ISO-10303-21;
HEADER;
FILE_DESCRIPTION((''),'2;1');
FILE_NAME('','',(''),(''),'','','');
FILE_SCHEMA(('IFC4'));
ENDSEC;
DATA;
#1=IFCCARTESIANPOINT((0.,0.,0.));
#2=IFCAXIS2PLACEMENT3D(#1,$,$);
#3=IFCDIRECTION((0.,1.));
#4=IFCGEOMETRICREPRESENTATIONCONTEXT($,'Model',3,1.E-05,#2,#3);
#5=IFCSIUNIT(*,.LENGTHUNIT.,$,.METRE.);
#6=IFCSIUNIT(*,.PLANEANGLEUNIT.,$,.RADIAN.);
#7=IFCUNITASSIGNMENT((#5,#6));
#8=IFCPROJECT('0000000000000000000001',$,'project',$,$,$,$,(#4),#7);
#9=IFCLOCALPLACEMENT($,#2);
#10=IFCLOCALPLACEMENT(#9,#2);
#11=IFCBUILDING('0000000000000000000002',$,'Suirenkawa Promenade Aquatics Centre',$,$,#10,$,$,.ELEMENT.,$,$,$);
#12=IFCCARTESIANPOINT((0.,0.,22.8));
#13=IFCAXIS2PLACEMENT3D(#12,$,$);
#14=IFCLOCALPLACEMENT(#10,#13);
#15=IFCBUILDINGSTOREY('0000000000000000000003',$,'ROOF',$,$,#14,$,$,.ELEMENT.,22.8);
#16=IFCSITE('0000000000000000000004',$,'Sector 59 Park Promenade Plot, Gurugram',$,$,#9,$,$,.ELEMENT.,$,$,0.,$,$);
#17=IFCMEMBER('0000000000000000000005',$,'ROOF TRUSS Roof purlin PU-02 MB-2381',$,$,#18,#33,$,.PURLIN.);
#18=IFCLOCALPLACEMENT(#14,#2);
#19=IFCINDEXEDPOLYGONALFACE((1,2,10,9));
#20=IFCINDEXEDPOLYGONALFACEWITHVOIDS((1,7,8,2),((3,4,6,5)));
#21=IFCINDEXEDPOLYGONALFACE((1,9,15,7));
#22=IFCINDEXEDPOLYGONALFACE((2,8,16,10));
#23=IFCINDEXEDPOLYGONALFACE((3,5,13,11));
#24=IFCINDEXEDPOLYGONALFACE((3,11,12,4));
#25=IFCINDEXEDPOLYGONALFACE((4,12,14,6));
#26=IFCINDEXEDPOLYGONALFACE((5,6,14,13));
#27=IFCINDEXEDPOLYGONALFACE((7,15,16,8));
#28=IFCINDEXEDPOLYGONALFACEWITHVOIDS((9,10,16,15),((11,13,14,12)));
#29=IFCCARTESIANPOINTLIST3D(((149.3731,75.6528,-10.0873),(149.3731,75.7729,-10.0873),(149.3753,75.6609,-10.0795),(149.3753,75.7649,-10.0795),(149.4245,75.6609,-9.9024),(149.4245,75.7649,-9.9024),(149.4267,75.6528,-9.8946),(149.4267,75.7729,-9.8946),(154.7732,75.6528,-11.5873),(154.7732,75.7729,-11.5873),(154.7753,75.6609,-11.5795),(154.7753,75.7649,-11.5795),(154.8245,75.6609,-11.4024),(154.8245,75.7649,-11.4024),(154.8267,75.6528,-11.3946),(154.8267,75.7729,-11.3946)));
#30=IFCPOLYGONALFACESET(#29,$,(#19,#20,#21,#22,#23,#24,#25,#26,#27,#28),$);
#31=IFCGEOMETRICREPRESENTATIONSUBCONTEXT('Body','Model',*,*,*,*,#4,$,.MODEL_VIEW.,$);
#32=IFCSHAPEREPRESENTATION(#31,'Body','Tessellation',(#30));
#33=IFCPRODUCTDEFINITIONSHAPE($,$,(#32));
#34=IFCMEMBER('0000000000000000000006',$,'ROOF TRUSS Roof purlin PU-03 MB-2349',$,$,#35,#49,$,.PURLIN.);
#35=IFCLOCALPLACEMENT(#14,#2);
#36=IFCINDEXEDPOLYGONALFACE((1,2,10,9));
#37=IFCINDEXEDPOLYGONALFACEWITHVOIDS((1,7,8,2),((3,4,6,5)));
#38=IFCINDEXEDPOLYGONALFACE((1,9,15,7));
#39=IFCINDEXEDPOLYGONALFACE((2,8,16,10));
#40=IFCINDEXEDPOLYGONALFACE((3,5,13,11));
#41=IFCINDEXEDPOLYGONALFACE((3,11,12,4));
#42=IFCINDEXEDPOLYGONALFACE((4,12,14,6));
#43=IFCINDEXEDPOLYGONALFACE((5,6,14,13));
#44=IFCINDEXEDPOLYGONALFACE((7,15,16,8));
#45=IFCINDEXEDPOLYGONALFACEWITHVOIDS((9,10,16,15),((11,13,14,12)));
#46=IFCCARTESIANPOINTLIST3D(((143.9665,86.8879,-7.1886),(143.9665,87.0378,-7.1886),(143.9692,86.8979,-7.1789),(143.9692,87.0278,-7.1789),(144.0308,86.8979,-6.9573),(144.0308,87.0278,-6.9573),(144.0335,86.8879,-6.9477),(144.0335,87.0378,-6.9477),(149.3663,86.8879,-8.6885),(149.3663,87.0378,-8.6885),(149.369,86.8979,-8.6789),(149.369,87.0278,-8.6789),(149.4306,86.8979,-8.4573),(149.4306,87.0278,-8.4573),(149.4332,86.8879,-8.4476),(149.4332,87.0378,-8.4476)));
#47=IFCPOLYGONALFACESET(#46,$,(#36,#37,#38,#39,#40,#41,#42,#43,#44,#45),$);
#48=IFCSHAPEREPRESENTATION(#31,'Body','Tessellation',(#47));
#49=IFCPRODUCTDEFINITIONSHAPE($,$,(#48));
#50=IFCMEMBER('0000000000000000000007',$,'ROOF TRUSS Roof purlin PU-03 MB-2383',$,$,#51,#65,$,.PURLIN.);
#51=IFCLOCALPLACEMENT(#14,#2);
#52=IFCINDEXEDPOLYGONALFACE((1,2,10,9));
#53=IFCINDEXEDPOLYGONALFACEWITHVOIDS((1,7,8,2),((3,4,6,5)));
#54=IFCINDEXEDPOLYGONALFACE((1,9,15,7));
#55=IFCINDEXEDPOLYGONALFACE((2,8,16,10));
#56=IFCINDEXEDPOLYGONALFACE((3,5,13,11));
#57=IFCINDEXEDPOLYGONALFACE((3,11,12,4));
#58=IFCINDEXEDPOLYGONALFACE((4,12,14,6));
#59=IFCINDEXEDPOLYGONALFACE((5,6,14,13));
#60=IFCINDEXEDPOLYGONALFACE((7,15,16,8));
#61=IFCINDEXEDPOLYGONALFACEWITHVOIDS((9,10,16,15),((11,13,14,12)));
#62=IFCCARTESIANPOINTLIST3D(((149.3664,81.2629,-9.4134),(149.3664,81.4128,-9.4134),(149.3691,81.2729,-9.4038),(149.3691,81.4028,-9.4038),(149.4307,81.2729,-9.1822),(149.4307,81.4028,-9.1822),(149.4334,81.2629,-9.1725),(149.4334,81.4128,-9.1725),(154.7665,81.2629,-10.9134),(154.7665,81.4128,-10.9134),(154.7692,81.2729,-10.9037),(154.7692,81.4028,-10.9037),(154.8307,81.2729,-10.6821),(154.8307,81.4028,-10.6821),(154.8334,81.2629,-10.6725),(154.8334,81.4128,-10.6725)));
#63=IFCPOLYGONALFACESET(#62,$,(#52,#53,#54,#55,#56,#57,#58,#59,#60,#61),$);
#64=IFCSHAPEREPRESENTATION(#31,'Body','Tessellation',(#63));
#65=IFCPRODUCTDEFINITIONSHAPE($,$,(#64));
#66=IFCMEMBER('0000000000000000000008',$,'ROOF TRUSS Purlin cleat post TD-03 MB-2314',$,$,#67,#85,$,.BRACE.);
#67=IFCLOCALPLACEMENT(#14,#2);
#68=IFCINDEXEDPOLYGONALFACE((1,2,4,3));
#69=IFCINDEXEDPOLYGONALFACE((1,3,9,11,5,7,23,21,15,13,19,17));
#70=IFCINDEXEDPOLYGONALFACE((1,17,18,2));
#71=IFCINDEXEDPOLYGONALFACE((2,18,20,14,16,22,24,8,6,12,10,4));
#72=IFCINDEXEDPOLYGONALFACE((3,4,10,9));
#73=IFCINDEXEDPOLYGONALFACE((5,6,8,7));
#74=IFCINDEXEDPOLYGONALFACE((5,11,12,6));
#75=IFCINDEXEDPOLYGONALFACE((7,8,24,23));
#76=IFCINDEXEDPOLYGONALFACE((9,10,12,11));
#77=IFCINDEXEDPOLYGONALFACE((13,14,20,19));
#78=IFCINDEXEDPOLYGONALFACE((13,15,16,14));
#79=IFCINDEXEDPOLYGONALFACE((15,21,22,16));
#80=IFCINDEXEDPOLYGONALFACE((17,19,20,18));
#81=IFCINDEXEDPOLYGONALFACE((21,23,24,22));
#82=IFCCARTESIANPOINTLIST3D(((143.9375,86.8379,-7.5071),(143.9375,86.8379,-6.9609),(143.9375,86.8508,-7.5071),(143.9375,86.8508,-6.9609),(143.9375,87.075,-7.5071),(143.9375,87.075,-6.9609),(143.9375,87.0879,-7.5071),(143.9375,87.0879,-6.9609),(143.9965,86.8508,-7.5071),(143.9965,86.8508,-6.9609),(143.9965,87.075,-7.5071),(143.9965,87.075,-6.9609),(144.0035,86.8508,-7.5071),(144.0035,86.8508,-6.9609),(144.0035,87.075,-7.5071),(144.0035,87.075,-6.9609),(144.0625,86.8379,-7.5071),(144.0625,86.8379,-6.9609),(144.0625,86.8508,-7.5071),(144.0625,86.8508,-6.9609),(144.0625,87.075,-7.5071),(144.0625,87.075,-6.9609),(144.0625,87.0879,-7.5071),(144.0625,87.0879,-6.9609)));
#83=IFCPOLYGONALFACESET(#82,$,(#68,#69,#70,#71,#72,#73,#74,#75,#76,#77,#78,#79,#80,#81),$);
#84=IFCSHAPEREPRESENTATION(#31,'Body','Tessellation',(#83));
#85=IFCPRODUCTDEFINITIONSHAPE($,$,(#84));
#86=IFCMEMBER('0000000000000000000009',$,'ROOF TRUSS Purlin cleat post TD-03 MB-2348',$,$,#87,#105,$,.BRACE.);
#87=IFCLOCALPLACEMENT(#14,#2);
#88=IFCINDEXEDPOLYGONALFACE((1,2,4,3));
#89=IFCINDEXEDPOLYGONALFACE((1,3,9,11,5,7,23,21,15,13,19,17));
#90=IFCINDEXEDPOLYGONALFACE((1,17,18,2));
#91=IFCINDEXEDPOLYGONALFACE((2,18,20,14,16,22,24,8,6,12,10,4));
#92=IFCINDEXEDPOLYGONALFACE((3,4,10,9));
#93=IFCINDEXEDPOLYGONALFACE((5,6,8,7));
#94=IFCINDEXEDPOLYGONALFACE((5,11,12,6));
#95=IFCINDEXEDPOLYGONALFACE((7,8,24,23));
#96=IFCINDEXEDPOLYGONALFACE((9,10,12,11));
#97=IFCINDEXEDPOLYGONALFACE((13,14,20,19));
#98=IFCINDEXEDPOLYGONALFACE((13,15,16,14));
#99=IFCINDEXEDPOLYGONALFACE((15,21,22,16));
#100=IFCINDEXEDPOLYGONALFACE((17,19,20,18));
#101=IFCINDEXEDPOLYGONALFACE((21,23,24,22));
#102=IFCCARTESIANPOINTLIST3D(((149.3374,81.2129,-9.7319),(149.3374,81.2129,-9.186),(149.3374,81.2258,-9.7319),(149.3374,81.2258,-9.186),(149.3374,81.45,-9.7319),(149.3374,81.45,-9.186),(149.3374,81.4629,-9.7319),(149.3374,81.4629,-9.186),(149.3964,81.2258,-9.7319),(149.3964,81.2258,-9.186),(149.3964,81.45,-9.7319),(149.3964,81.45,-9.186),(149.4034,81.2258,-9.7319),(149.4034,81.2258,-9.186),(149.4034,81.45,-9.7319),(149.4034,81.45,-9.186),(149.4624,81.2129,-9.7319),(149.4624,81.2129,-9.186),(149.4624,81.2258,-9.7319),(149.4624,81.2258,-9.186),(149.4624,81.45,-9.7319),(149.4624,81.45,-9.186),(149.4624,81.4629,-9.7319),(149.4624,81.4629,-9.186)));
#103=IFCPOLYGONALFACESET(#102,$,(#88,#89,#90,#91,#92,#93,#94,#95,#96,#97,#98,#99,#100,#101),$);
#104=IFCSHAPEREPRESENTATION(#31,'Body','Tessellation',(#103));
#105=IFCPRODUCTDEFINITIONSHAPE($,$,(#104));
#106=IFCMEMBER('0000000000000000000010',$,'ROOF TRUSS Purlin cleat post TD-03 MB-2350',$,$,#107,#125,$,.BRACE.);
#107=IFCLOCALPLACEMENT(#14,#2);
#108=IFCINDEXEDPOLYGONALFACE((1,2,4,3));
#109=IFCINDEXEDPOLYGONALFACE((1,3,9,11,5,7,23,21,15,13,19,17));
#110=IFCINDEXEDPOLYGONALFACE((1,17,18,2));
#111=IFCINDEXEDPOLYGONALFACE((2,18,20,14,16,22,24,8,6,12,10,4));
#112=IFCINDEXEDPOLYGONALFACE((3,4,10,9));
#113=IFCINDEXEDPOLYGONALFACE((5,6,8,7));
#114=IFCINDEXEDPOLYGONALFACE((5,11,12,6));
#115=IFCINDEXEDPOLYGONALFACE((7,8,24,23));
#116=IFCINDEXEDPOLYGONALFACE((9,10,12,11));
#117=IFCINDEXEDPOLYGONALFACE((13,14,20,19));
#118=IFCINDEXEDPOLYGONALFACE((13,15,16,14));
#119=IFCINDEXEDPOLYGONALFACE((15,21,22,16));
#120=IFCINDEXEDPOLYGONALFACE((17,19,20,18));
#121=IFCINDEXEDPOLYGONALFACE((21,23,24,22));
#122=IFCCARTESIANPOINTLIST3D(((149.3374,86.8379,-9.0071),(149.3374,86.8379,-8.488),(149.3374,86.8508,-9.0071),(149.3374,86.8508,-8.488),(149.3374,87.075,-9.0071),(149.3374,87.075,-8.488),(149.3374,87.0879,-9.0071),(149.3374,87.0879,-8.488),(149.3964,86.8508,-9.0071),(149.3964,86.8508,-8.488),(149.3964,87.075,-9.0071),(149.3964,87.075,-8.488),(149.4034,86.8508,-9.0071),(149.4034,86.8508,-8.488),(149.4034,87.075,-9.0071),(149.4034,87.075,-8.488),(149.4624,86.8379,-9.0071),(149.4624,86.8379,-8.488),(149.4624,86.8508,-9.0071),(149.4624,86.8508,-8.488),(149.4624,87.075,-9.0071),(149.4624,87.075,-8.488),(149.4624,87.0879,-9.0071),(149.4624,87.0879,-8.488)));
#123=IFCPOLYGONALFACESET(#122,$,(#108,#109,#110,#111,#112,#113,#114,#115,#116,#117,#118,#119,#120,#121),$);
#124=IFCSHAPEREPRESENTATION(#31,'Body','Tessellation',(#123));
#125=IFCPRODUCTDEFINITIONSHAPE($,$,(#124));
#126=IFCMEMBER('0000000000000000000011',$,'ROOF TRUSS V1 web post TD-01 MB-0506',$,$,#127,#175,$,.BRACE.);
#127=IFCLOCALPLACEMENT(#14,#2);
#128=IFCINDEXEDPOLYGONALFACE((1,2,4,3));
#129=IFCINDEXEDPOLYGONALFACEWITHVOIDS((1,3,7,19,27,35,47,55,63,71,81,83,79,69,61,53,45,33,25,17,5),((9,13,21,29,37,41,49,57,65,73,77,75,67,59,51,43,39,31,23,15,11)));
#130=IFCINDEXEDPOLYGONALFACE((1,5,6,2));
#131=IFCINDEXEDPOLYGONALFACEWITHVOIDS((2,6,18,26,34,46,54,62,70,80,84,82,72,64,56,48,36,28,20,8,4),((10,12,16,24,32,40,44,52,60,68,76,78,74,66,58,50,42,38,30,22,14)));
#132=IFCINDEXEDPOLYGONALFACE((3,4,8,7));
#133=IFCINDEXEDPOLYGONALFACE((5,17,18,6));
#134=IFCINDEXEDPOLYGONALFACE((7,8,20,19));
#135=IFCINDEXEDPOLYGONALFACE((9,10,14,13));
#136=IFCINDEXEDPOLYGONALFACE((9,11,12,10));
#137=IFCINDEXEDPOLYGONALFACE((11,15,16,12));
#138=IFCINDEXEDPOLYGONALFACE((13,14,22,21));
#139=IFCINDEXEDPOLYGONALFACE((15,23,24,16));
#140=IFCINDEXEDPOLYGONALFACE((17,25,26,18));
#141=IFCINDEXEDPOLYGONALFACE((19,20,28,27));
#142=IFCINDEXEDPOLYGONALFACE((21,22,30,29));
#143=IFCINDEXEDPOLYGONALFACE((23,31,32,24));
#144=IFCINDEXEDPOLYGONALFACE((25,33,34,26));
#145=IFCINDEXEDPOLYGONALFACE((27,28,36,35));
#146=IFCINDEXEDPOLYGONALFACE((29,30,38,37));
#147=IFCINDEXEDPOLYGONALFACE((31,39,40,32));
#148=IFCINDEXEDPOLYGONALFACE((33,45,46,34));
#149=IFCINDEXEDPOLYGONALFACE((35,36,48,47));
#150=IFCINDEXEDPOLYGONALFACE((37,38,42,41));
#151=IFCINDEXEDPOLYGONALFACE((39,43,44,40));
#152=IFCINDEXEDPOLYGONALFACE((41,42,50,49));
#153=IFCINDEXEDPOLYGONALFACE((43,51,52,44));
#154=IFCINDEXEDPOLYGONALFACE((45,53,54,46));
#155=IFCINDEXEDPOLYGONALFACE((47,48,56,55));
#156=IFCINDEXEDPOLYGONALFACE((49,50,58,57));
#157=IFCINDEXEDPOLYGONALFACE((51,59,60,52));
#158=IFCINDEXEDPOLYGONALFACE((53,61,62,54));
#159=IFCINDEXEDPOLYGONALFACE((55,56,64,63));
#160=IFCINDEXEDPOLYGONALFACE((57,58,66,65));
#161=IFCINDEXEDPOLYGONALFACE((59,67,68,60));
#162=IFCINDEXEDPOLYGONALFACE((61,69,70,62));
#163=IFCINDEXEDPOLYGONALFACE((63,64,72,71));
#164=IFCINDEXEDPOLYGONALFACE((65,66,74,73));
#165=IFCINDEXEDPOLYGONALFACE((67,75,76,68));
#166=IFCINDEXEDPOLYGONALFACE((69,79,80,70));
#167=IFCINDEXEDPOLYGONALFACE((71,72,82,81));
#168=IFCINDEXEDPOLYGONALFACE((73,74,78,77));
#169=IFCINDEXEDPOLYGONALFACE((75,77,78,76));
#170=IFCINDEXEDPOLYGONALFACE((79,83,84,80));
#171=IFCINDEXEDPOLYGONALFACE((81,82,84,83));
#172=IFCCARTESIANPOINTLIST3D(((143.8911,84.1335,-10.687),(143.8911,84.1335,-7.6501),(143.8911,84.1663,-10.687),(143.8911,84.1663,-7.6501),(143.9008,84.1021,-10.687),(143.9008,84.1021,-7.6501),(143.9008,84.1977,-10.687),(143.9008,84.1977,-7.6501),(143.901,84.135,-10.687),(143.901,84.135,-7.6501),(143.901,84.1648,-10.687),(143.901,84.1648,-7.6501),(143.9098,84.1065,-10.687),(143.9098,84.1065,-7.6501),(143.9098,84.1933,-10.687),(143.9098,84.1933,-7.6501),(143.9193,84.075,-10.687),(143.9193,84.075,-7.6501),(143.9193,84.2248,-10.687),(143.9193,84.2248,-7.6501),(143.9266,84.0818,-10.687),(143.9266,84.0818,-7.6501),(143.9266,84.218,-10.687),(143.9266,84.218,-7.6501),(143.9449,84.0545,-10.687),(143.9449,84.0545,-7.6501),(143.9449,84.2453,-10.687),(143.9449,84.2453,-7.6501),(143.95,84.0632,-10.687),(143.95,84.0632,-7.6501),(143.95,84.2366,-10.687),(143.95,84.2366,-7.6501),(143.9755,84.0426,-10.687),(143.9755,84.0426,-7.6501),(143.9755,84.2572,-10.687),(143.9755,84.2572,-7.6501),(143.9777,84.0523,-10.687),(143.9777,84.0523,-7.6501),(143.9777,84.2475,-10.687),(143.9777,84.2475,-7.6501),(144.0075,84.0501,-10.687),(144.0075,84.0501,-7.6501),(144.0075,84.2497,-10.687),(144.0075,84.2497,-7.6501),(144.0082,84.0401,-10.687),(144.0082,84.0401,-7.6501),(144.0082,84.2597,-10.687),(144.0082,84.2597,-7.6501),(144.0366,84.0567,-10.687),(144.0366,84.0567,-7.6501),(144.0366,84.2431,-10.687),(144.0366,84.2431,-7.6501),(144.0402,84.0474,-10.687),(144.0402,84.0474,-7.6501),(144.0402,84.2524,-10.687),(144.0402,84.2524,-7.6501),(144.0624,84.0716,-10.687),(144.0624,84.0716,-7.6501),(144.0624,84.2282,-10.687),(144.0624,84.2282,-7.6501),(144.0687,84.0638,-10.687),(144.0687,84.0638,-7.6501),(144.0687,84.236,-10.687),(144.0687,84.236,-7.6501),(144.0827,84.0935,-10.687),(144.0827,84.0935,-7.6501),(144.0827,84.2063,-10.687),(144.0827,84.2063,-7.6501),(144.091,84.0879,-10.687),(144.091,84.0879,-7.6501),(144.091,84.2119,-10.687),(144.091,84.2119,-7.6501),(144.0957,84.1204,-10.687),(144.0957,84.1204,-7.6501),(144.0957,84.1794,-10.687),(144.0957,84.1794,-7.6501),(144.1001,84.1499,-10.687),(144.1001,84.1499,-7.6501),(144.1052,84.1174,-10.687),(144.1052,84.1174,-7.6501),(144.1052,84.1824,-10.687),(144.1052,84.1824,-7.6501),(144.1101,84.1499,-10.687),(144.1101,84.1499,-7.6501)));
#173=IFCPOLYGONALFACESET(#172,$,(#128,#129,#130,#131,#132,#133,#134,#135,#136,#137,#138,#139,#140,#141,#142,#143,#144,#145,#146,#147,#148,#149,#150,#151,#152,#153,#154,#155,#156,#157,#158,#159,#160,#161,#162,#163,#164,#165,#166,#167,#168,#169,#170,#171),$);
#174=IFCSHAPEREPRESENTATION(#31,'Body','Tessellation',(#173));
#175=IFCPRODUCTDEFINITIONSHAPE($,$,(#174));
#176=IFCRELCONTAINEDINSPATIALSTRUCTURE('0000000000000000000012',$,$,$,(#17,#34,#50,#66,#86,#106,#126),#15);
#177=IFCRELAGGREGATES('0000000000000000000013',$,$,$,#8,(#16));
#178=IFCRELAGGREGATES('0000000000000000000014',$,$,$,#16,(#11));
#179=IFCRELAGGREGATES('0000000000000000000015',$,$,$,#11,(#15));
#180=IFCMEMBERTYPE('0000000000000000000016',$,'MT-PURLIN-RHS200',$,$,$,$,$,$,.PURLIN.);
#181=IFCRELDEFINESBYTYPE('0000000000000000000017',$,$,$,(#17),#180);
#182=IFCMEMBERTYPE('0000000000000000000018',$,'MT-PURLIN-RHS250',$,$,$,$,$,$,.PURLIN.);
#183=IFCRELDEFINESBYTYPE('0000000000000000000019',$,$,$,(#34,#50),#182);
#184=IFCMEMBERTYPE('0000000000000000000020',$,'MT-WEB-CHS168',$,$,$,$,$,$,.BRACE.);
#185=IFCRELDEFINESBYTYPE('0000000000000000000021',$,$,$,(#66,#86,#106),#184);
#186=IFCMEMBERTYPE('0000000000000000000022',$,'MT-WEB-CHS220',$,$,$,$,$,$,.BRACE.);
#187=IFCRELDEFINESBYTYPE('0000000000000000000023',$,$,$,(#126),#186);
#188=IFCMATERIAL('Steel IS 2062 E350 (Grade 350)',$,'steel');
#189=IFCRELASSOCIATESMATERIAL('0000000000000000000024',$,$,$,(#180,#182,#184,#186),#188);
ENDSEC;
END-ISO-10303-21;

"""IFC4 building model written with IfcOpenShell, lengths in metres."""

from ifc_helpers import new_model, si_unit, direction, frame, origin, origin_2d, place, context, subcontext, project, spatial, hollow_rectangle, hollow_circle, i_section, extrude, material, material_profile, profile_set, type_object, element, save


model = new_model("IFC4")

# Units and contexts
model_context = context("Model", 3, precision=1e-05, world=origin(), true_north=direction((0.0, 1.0)))
body_context = subcontext(model_context, "Body", "Model", "MODEL_VIEW")
ifc_project = project(units=[si_unit("LENGTHUNIT", "METRE"), si_unit("PLANEANGLEUNIT", "RADIAN")], contexts=[model_context])

# Site, building, storey
site_placement = place(None, origin())
site = spatial("IfcSite", under=ifc_project, at=site_placement, Name="Sector 59 Park Promenade Plot, Gurugram", CompositionType="ELEMENT", RefElevation=0.0)
building_placement = place(site_placement, origin())
building = spatial("IfcBuilding", under=site, at=building_placement, Name="Suirenkawa Promenade Aquatics Centre", CompositionType="ELEMENT")
storey_placement = place(building_placement, frame((0.0, 0.0, 22.8)))
storey = spatial("IfcBuildingStorey", under=building, at=storey_placement, Name="ROOF", CompositionType="ELEMENT", Elevation=22.8)

# Shared definitions
ifc_material = material(Name="Steel IS 2062 E350 (Grade 350)", Category="steel")

# Members
ifc_material_profile_1 = material_profile(ifc_material, hollow_rectangle(XDim=0.1201, YDim=0.2, WallThickness=0.0081, at=origin_2d()), Name="RHS 200x120x8", Category="steel")
ifc_profile_set_1 = profile_set([ifc_material_profile_1], Name="Steel IS 2062 E350 (Grade 350)")
member_type_1 = type_object("IfcMemberType", Name="MT-PURLIN-RHS200", PredefinedType="PURLIN", material=ifc_profile_set_1)
member_1_placement = place(storey_placement, frame((149.3999, 75.7129, -9.991), z_axis=(0.96352, 0.0, -0.267637), x_axis=(0.0, 1.0, 0.0)))
element("IfcMember", 1, at=member_1_placement, inside=storey, type_object=member_type_1, Name="ROOF TRUSS Roof purlin PU-02 MB-2381", PredefinedType="PURLIN", context=body_context, shape_type="SweptSolid", body=[
    extrude(hollow_rectangle(XDim=0.1201, YDim=0.2, WallThickness=0.0081, at=origin_2d()), origin(), (0.0, 0.0, 1.0), 5.6045),
])
ifc_material_profile_2 = material_profile(ifc_material, hollow_rectangle(XDim=0.1499, YDim=0.25, WallThickness=0.01, at=origin_2d()), Name="RHS 250x150x10", Category="steel")
ifc_profile_set_2 = profile_set([ifc_material_profile_2], Name="Steel IS 2062 E350 (Grade 350)")
member_type_2 = type_object("IfcMemberType", Name="MT-PURLIN-RHS250", PredefinedType="PURLIN", material=ifc_profile_set_2)
member_2_placement = place(storey_placement, frame((144.0, 86.9629, -7.0681), z_axis=(0.963517, 0.0, -0.267648), x_axis=(0.0, 1.0, 0.0)))
element("IfcMember", 2, at=member_2_placement, inside=storey, type_object=member_type_2, Name="ROOF TRUSS Roof purlin PU-03 MB-2349", PredefinedType="PURLIN", context=body_context, shape_type="SweptSolid", body=[
    extrude(hollow_rectangle(XDim=0.1499, YDim=0.25, WallThickness=0.01, at=origin_2d()), origin(), (0.0, 0.0, 1.0), 5.6042),
])
member_3_placement = place(storey_placement, frame((149.3999, 81.3379, -9.293), z_axis=(0.96352, 0.0, -0.267637), x_axis=(0.0, 1.0, 0.0)))
element("IfcMember", 3, at=member_3_placement, inside=storey, type_object=member_type_2, Name="ROOF TRUSS Roof purlin PU-03 MB-2383", PredefinedType="PURLIN", context=body_context, shape_type="SweptSolid", body=[
    extrude(hollow_rectangle(XDim=0.1499, YDim=0.25, WallThickness=0.01, at=origin_2d()), origin(), (0.0, 0.0, 1.0), 5.6045),
])
ifc_material_profile_3 = material_profile(ifc_material, i_section(OverallWidth=0.125, OverallDepth=0.25, WebThickness=0.0071, FlangeThickness=0.0129, at=origin_2d()), Name="ISMB 250", Category="steel")
ifc_profile_set_3 = profile_set([ifc_material_profile_3], Name="Steel IS 2062 E350 (Grade 350)")
member_type_3 = type_object("IfcMemberType", Name="MT-WEB-CHS168", PredefinedType="BRACE", material=ifc_profile_set_3)
member_4_placement = place(storey_placement, frame((144.0, 86.9629, -7.5071), z_axis=(0.0, 0.0, 1.0), x_axis=(1.0, 0.0, 0.0)))
element("IfcMember", 4, at=member_4_placement, inside=storey, type_object=member_type_3, Name="ROOF TRUSS Purlin cleat post TD-03 MB-2314", PredefinedType="BRACE", context=body_context, shape_type="SweptSolid", body=[
    extrude(i_section(OverallWidth=0.125, OverallDepth=0.25, WebThickness=0.0071, FlangeThickness=0.0129, at=origin_2d()), origin(), (0.0, 0.0, 1.0), 0.5461),
])
member_5_placement = place(storey_placement, frame((149.3999, 81.3379, -9.7319), z_axis=(0.0, 0.0, 1.0), x_axis=(1.0, 0.0, 0.0)))
element("IfcMember", 5, at=member_5_placement, inside=storey, type_object=member_type_3, Name="ROOF TRUSS Purlin cleat post TD-03 MB-2348", PredefinedType="BRACE", context=body_context, shape_type="SweptSolid", body=[
    extrude(i_section(OverallWidth=0.125, OverallDepth=0.25, WebThickness=0.0071, FlangeThickness=0.0129, at=origin_2d()), origin(), (0.0, 0.0, 1.0), 0.5459),
])
member_6_placement = place(storey_placement, frame((149.3999, 86.9629, -9.0071), z_axis=(0.0, 0.0, 1.0), x_axis=(1.0, 0.0, 0.0)))
element("IfcMember", 6, at=member_6_placement, inside=storey, type_object=member_type_3, Name="ROOF TRUSS Purlin cleat post TD-03 MB-2350", PredefinedType="BRACE", context=body_context, shape_type="SweptSolid", body=[
    extrude(i_section(OverallWidth=0.125, OverallDepth=0.25, WebThickness=0.0071, FlangeThickness=0.0129, at=origin_2d()), origin(), (0.0, 0.0, 1.0), 0.519),
])
ifc_material_profile_4 = material_profile(ifc_material, hollow_circle(Radius=0.1101, WallThickness=0.01, at=origin_2d()), Name="CHS 220x10", Category="steel")
ifc_profile_set_4 = profile_set([ifc_material_profile_4], Name="Steel IS 2062 E350 (Grade 350)")
member_type_4 = type_object("IfcMemberType", Name="MT-WEB-CHS220", PredefinedType="BRACE", material=ifc_profile_set_4)
member_7_placement = place(storey_placement, frame((144.0, 84.1499, -10.687), z_axis=(0.0, 0.0, 1.0), x_axis=(1.0, 0.0, 0.0)))
element("IfcMember", 7, at=member_7_placement, inside=storey, type_object=member_type_4, Name="ROOF TRUSS V1 web post TD-01 MB-0506", PredefinedType="BRACE", context=body_context, shape_type="SweptSolid", body=[
    extrude(hollow_circle(Radius=0.1101, WallThickness=0.01, at=origin_2d()), origin(), (0.0, 0.0, 1.0), 3.0369),
])

save(model, "model.ifc")
